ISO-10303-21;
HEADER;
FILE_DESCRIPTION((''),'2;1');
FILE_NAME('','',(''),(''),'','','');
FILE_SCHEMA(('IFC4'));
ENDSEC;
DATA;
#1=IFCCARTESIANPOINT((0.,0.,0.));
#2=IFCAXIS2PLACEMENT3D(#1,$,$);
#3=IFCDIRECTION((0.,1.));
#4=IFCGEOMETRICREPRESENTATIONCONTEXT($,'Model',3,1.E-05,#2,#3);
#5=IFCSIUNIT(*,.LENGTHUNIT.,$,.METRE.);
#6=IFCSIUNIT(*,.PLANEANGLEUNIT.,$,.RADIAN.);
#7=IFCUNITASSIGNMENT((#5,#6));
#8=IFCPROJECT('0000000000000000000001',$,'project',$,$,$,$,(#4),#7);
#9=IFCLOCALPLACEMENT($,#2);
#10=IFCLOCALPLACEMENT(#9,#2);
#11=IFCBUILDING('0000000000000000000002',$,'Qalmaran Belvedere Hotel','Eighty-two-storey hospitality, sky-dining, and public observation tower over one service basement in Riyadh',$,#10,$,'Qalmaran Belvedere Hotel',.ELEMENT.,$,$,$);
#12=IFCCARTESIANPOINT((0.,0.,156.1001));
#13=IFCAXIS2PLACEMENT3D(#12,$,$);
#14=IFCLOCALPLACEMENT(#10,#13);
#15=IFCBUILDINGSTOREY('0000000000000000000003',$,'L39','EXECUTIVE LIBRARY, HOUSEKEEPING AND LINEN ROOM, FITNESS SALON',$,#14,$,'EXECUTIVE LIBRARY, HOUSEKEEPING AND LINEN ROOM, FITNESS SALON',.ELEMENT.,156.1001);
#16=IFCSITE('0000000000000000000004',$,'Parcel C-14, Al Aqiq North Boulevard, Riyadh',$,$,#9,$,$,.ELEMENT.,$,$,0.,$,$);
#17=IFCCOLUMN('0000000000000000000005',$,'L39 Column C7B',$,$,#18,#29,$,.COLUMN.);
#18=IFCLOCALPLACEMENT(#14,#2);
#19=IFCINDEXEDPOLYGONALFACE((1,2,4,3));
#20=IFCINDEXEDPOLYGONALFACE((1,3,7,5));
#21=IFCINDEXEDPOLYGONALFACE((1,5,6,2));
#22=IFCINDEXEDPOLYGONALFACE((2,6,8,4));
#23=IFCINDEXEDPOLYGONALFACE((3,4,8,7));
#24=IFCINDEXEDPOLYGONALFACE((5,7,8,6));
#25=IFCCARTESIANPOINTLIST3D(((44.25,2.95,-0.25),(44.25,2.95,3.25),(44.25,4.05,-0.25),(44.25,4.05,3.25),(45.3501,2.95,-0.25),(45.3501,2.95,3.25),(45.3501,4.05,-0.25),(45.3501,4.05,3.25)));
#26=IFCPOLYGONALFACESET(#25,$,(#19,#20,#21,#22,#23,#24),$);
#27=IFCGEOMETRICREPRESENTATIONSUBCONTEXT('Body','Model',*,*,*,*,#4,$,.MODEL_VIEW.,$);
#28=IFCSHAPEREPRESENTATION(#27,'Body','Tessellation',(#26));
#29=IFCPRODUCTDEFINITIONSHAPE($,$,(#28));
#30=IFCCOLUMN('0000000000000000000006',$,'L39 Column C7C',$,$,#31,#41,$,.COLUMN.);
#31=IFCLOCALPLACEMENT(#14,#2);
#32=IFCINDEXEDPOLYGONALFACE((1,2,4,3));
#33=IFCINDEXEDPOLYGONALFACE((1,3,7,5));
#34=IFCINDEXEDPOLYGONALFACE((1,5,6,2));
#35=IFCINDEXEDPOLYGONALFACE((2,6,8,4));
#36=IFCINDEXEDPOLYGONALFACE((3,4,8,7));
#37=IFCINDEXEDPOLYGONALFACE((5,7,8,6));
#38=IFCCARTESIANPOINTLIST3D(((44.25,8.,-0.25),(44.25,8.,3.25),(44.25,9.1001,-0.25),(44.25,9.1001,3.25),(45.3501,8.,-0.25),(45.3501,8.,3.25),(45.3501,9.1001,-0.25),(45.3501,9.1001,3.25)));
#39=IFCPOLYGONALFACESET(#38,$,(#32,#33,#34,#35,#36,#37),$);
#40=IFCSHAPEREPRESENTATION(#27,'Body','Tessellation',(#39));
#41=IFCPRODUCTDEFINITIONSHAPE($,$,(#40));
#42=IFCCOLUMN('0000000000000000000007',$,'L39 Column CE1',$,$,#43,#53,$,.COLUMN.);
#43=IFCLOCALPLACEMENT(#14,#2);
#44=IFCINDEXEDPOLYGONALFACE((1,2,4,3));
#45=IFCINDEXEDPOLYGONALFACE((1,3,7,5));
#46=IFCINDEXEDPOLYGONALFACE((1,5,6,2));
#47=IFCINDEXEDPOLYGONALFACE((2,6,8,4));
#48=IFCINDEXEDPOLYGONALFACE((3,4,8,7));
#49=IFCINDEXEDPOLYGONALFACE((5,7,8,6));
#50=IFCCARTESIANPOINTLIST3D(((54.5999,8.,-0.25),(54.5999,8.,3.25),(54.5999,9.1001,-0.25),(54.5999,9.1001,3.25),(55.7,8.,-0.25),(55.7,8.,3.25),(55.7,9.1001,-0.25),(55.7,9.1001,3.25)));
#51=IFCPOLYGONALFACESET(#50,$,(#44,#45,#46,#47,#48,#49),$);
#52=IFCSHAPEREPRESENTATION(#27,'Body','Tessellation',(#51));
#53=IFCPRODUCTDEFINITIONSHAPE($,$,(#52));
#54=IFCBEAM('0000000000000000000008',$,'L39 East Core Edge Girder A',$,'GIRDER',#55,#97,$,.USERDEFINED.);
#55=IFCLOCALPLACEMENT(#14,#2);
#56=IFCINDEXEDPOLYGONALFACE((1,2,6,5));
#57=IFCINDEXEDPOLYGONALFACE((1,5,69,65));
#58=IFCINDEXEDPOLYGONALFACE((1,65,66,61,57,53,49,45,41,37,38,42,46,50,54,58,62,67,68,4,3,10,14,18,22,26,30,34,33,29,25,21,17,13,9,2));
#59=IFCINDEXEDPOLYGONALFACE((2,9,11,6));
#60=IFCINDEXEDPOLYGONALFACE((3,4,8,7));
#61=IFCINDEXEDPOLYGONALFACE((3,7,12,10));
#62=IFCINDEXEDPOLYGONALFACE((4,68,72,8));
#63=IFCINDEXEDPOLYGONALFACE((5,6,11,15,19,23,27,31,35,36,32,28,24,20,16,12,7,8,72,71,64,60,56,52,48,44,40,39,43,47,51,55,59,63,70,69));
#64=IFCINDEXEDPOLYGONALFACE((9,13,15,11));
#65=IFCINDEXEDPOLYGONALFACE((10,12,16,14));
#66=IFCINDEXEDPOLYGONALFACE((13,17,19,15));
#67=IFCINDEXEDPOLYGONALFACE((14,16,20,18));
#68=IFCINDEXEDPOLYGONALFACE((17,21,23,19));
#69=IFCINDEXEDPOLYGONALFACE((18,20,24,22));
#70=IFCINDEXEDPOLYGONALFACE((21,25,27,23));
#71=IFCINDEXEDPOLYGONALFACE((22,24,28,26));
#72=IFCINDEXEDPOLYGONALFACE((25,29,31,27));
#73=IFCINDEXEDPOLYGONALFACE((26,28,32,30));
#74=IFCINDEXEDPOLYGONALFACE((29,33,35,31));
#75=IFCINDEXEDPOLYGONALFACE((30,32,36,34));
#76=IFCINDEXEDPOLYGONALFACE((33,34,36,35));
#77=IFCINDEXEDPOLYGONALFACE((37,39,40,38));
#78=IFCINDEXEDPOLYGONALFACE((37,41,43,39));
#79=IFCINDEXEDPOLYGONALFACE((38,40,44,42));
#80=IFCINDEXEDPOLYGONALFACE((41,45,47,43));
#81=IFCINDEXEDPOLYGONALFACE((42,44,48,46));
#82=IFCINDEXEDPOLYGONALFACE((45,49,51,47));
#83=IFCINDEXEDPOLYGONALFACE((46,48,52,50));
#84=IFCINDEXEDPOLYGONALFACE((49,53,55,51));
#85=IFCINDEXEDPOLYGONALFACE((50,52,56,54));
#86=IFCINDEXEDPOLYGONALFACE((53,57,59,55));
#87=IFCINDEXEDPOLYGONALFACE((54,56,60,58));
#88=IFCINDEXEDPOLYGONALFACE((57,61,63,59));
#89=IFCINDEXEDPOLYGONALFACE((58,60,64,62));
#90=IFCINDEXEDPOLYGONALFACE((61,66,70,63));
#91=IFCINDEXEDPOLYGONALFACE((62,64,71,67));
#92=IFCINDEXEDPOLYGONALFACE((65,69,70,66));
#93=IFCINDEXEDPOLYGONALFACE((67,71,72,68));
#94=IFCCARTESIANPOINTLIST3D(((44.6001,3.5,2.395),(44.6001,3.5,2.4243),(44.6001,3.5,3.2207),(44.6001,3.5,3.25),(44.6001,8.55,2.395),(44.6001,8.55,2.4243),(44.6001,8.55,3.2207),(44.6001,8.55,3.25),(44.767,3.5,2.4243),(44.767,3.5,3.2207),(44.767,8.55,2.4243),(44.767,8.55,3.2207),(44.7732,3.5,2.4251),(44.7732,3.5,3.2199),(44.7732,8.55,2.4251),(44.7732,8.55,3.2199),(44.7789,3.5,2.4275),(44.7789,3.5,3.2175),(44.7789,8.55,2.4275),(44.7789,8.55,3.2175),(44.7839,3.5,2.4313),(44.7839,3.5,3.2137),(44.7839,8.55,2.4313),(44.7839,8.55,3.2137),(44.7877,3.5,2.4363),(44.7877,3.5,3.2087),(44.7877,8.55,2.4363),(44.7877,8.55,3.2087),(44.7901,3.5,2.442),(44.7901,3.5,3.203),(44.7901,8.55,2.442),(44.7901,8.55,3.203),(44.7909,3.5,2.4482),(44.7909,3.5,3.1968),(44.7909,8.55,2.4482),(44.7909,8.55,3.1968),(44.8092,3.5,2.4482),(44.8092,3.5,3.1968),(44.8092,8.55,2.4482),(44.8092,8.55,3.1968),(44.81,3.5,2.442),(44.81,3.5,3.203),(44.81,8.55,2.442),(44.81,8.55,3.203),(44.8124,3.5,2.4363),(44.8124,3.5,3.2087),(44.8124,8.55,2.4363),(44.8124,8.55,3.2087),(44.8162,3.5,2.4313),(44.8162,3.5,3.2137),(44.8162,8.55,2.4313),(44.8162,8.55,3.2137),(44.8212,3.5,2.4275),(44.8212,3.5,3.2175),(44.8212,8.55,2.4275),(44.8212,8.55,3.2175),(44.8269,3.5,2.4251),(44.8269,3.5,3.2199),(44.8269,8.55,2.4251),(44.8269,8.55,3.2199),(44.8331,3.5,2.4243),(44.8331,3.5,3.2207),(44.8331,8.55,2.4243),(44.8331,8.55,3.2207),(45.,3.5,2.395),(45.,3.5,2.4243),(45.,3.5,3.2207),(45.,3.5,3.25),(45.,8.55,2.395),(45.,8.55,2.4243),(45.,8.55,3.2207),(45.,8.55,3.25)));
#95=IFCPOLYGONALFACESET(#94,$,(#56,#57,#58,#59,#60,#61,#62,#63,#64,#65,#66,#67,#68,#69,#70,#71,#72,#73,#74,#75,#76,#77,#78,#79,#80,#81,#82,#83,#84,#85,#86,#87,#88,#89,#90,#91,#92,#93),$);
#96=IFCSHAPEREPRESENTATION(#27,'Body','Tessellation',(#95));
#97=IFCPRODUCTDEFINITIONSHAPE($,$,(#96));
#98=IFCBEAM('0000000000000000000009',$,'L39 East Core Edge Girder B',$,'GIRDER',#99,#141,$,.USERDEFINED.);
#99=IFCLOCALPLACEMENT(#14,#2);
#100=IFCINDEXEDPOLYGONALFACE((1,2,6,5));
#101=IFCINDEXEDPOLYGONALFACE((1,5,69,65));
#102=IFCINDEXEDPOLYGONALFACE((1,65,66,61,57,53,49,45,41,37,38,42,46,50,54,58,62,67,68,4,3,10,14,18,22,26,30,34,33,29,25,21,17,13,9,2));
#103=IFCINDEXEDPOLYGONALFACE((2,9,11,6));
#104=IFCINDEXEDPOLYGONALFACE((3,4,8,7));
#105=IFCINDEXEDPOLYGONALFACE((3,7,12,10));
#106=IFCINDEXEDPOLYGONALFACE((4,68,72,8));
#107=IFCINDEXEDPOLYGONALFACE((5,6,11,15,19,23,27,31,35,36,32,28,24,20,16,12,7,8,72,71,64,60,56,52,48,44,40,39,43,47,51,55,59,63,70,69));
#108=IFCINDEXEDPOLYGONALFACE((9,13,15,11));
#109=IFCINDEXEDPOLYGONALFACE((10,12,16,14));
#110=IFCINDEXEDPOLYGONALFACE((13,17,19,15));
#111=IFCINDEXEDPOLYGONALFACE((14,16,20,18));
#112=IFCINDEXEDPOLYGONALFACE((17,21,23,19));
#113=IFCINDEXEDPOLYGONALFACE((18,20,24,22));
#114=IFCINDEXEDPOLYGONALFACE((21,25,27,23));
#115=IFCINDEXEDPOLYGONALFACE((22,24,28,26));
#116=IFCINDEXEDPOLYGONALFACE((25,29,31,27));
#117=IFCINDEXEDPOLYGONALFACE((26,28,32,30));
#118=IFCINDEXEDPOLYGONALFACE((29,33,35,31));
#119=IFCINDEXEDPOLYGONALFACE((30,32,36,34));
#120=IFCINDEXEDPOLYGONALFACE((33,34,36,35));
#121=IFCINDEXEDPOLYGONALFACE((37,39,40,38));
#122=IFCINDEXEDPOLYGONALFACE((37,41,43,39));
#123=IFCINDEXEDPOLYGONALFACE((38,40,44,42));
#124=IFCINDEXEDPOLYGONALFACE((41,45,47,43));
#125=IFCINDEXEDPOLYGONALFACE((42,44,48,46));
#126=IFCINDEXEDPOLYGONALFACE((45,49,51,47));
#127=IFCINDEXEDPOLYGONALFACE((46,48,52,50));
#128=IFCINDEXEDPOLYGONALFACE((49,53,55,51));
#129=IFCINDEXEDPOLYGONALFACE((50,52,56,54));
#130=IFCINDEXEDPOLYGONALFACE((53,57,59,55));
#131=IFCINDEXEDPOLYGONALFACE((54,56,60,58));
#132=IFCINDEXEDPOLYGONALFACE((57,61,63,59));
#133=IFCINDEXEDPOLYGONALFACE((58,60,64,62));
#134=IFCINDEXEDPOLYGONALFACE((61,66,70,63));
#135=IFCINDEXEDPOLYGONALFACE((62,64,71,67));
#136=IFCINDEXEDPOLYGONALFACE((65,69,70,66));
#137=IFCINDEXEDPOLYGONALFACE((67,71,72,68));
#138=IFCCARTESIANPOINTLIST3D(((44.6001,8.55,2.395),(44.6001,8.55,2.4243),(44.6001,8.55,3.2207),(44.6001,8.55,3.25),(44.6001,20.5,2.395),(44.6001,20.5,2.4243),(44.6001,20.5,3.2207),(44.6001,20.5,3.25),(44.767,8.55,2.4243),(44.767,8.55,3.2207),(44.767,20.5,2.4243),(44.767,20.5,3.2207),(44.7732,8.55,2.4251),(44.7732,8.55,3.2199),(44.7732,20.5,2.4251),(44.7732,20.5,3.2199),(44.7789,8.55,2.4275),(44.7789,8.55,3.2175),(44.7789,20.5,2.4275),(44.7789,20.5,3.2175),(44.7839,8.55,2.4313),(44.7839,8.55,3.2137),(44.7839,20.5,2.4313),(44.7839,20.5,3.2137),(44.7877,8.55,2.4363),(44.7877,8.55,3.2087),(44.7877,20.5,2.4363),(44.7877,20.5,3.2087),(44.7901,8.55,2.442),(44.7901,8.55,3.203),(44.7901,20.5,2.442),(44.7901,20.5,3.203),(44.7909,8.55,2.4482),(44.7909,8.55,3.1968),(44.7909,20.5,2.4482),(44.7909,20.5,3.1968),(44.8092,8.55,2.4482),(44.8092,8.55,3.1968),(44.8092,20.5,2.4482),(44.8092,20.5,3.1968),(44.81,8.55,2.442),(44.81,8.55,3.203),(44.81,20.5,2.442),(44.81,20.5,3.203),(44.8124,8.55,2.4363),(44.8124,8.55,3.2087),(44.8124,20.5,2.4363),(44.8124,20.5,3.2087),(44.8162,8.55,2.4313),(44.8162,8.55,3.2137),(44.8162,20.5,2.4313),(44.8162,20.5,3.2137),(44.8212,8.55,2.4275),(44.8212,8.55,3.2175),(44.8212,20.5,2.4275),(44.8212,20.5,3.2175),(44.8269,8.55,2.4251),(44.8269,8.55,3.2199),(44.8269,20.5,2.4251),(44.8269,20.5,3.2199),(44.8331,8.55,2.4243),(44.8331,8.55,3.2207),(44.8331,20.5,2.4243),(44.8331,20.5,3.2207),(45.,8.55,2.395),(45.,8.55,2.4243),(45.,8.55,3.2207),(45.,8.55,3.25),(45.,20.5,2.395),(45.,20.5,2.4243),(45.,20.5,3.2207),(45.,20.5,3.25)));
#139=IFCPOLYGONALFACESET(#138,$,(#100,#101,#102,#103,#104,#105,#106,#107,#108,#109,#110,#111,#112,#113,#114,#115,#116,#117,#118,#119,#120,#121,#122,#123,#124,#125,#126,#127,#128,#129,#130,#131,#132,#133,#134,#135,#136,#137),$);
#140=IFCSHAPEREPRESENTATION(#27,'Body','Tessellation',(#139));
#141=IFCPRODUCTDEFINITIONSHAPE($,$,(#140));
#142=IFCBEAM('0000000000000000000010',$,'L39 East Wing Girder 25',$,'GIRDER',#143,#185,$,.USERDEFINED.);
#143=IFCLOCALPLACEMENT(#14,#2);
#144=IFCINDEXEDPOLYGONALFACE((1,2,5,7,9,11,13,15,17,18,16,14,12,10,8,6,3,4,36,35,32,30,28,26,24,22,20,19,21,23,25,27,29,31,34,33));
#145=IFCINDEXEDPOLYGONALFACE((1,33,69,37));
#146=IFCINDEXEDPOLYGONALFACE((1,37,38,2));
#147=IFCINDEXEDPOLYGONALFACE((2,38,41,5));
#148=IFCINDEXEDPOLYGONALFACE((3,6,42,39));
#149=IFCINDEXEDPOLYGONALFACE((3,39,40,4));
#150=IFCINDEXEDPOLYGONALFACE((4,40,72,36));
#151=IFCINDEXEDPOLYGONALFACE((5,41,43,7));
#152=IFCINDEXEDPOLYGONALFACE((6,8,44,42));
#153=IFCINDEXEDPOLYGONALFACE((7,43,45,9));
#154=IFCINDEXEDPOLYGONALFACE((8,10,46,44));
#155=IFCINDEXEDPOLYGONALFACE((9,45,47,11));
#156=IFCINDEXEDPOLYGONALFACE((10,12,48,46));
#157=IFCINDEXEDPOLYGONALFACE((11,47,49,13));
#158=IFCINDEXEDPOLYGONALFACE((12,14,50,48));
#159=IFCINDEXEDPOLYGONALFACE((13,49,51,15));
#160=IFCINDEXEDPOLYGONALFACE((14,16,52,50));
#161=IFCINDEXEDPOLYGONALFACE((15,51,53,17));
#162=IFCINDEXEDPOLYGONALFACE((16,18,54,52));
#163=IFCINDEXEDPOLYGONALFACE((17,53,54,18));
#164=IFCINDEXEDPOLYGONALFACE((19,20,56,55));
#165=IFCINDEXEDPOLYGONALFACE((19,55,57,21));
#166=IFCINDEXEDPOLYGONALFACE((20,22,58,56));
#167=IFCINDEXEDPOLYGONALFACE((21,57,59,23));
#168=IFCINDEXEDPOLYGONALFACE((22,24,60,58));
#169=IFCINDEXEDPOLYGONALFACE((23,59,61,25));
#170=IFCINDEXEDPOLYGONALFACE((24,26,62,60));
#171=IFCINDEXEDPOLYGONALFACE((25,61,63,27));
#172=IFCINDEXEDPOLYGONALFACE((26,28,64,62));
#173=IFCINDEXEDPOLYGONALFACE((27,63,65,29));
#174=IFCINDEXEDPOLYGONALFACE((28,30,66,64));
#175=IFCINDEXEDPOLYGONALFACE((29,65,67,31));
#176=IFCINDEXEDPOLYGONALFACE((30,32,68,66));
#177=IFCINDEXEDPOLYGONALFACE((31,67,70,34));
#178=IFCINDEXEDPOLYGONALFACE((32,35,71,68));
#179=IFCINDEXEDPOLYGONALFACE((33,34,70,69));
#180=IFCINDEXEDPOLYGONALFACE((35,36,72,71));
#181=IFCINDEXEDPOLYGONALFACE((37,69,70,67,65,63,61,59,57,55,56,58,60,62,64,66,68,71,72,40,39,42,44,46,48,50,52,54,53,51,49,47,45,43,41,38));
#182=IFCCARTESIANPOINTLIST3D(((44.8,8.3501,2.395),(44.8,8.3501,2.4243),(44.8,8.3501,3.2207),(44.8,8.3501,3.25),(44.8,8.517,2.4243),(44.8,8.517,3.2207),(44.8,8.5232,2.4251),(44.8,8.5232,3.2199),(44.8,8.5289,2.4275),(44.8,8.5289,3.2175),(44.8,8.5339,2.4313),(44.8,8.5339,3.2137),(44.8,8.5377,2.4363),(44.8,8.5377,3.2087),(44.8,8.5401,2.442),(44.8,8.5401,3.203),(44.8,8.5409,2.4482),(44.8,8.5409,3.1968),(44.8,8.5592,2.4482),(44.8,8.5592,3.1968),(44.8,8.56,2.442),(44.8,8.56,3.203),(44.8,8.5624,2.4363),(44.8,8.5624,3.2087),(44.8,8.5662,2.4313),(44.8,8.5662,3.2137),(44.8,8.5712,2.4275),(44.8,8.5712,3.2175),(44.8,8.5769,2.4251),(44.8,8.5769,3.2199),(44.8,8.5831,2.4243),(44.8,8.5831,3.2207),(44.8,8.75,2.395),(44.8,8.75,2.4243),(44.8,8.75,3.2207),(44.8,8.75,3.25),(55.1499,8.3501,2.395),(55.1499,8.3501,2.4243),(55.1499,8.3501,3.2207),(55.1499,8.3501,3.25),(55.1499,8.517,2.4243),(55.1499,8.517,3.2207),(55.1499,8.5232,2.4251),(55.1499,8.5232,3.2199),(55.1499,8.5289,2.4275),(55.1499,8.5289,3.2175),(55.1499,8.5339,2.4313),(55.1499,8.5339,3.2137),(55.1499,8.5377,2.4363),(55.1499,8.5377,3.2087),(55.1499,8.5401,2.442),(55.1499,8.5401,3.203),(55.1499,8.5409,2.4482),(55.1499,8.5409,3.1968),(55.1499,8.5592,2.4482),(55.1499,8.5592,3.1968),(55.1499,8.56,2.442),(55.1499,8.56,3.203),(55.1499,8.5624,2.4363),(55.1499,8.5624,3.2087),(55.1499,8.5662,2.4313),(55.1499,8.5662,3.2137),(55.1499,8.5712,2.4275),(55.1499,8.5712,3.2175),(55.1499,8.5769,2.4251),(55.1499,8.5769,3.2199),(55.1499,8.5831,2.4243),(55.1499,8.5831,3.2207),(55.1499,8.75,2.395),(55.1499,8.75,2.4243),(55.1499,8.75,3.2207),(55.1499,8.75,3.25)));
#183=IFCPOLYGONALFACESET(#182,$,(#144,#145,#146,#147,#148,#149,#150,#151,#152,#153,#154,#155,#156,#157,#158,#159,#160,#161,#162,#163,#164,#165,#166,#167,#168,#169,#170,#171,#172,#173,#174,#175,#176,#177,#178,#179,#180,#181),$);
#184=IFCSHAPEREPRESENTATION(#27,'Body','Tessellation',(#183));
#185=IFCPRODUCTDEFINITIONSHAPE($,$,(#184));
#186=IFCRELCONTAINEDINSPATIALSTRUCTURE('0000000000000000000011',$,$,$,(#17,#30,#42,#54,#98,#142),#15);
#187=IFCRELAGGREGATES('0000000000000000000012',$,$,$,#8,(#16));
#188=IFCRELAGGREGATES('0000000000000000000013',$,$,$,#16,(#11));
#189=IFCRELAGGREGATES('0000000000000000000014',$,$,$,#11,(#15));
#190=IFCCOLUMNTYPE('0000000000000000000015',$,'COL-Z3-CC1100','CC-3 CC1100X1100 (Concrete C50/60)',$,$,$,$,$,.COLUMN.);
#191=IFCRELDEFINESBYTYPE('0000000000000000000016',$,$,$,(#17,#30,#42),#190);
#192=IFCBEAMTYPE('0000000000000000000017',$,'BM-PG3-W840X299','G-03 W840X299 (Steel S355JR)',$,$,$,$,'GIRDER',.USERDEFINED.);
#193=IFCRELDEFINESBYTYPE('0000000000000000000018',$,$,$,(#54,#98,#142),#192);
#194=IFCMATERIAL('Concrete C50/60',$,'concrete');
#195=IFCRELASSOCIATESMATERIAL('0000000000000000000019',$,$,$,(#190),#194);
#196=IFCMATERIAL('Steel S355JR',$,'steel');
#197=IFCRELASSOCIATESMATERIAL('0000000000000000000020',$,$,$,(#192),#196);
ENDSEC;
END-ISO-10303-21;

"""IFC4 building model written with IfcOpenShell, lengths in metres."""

from ifc_helpers import new_model, si_unit, direction, frame, origin, origin_2d, place, context, subcontext, project, spatial, rectangle, i_section, extrude, material, material_profile, profile_set, type_object, element, save


model = new_model("IFC4")

# Units and contexts
model_context = context("Model", 3, precision=1e-05, world=origin(), true_north=direction((0.0, 1.0)))
body_context = subcontext(model_context, "Body", "Model", "MODEL_VIEW")
ifc_project = project(units=[si_unit("LENGTHUNIT", "METRE"), si_unit("PLANEANGLEUNIT", "RADIAN")], contexts=[model_context])

# Site, building, storey
site_placement = place(None, origin())
site = spatial("IfcSite", under=ifc_project, at=site_placement, Name="Parcel C-14, Al Aqiq North Boulevard, Riyadh", CompositionType="ELEMENT", RefElevation=0.0)
building_placement = place(site_placement, origin())
building = spatial("IfcBuilding", under=site, at=building_placement, Name="Qalmaran Belvedere Hotel", Description="Eighty-two-storey hospitality, sky-dining, and public observation tower over one service basement in Riyadh", LongName="Qalmaran Belvedere Hotel", CompositionType="ELEMENT")
storey_placement = place(building_placement, frame((0.0, 0.0, 156.1001)))
storey = spatial("IfcBuildingStorey", under=building, at=storey_placement, Name="L39", Description="EXECUTIVE LIBRARY, HOUSEKEEPING AND LINEN ROOM, FITNESS SALON", LongName="EXECUTIVE LIBRARY, HOUSEKEEPING AND LINEN ROOM, FITNESS SALON", CompositionType="ELEMENT", Elevation=156.1001)

# Columns
ifc_material_1 = material(Name="Concrete C50/60", Category="concrete")
ifc_material_profile_1 = material_profile(ifc_material_1, rectangle(XDim=1.1001, YDim=1.1001, at=origin_2d()), Name="CC1100X1100")
ifc_profile_set_1 = profile_set([ifc_material_profile_1], Name="Concrete C50/60")
column_type = type_object("IfcColumnType", Name="COL-Z3-CC1100", Description="CC-3 CC1100X1100 (Concrete C50/60)", PredefinedType="COLUMN", material=ifc_profile_set_1)
for number, where, z_axis, x_axis, name in (
    (1, (44.8, 3.5, -0.25), (0.0, 0.0, 1.0), (1.0, 0.0, 0.0), "L39 Column C7B"),
    (2, (44.8, 8.55, -0.25), (0.0, 0.0, 1.0), (1.0, 0.0, 0.0), "L39 Column C7C"),
    (3, (55.1499, 8.55, -0.25), (0.0, 0.0, 1.0), (1.0, 0.0, 0.0), "L39 Column CE1"),
):
    element("IfcColumn", number, at=place(storey_placement, frame(where, z_axis=z_axis, x_axis=x_axis)), inside=storey, type_object=column_type, Name=name, PredefinedType="COLUMN", context=body_context, shape_type="SweptSolid", body=[
        extrude(rectangle(XDim=1.1001, YDim=1.1001, at=origin_2d()), origin(), (0.0, 0.0, 1.0), 3.5),
    ])

# Beams
ifc_material_2 = material(Name="Steel S355JR", Category="steel")
ifc_material_profile_2 = material_profile(ifc_material_2, i_section(OverallWidth=0.3999, OverallDepth=0.855, WebThickness=0.0183, FlangeThickness=0.0293, FilletRadius=0.0239, at=origin_2d()), Name="W840X299")
ifc_profile_set_2 = profile_set([ifc_material_profile_2], Name="Steel S355JR")
beam_type_1 = type_object("IfcBeamType", Name="BM-PG3-W840X299", Description="G-03 W840X299 (Steel S355JR)", ElementType="GIRDER", PredefinedType="USERDEFINED", material=ifc_profile_set_2)
beam_1_placement = place(storey_placement, frame((44.8, 3.5, 2.8225), z_axis=(0.0, 1.0, 0.0), x_axis=(-1.0, 0.0, 0.0)))
element("IfcBeam", 4, at=beam_1_placement, inside=storey, type_object=beam_type_1, Name="L39 East Core Edge Girder A", ObjectType="GIRDER", PredefinedType="USERDEFINED", context=body_context, shape_type="SweptSolid", body=[
    extrude(i_section(OverallWidth=0.3999, OverallDepth=0.855, WebThickness=0.0183, FlangeThickness=0.0293, FilletRadius=0.0239, at=origin_2d()), origin(), (0.0, 0.0, 1.0), 5.05),
])
beam_2_placement = place(storey_placement, frame((44.8, 8.55, 2.8225), z_axis=(0.0, 1.0, 0.0), x_axis=(-1.0, 0.0, 0.0)))
element("IfcBeam", 5, at=beam_2_placement, inside=storey, type_object=beam_type_1, Name="L39 East Core Edge Girder B", ObjectType="GIRDER", PredefinedType="USERDEFINED", context=body_context, shape_type="SweptSolid", body=[
    extrude(i_section(OverallWidth=0.3999, OverallDepth=0.855, WebThickness=0.0183, FlangeThickness=0.0293, FilletRadius=0.0239, at=origin_2d()), origin(), (0.0, 0.0, 1.0), 11.95),
])
beam_3_placement = place(storey_placement, frame((44.8, 8.55, 2.8225), z_axis=(1.0, 0.0, 0.0), x_axis=(0.0, 1.0, 0.0)))
element("IfcBeam", 6, at=beam_3_placement, inside=storey, type_object=beam_type_1, Name="L39 East Wing Girder 25", ObjectType="GIRDER", PredefinedType="USERDEFINED", context=body_context, shape_type="SweptSolid", body=[
    extrude(i_section(OverallWidth=0.3999, OverallDepth=0.855, WebThickness=0.0183, FlangeThickness=0.0293, FilletRadius=0.0239, at=origin_2d()), origin(), (0.0, 0.0, 1.0), 10.3499),
])

save(model, "model.ifc")
